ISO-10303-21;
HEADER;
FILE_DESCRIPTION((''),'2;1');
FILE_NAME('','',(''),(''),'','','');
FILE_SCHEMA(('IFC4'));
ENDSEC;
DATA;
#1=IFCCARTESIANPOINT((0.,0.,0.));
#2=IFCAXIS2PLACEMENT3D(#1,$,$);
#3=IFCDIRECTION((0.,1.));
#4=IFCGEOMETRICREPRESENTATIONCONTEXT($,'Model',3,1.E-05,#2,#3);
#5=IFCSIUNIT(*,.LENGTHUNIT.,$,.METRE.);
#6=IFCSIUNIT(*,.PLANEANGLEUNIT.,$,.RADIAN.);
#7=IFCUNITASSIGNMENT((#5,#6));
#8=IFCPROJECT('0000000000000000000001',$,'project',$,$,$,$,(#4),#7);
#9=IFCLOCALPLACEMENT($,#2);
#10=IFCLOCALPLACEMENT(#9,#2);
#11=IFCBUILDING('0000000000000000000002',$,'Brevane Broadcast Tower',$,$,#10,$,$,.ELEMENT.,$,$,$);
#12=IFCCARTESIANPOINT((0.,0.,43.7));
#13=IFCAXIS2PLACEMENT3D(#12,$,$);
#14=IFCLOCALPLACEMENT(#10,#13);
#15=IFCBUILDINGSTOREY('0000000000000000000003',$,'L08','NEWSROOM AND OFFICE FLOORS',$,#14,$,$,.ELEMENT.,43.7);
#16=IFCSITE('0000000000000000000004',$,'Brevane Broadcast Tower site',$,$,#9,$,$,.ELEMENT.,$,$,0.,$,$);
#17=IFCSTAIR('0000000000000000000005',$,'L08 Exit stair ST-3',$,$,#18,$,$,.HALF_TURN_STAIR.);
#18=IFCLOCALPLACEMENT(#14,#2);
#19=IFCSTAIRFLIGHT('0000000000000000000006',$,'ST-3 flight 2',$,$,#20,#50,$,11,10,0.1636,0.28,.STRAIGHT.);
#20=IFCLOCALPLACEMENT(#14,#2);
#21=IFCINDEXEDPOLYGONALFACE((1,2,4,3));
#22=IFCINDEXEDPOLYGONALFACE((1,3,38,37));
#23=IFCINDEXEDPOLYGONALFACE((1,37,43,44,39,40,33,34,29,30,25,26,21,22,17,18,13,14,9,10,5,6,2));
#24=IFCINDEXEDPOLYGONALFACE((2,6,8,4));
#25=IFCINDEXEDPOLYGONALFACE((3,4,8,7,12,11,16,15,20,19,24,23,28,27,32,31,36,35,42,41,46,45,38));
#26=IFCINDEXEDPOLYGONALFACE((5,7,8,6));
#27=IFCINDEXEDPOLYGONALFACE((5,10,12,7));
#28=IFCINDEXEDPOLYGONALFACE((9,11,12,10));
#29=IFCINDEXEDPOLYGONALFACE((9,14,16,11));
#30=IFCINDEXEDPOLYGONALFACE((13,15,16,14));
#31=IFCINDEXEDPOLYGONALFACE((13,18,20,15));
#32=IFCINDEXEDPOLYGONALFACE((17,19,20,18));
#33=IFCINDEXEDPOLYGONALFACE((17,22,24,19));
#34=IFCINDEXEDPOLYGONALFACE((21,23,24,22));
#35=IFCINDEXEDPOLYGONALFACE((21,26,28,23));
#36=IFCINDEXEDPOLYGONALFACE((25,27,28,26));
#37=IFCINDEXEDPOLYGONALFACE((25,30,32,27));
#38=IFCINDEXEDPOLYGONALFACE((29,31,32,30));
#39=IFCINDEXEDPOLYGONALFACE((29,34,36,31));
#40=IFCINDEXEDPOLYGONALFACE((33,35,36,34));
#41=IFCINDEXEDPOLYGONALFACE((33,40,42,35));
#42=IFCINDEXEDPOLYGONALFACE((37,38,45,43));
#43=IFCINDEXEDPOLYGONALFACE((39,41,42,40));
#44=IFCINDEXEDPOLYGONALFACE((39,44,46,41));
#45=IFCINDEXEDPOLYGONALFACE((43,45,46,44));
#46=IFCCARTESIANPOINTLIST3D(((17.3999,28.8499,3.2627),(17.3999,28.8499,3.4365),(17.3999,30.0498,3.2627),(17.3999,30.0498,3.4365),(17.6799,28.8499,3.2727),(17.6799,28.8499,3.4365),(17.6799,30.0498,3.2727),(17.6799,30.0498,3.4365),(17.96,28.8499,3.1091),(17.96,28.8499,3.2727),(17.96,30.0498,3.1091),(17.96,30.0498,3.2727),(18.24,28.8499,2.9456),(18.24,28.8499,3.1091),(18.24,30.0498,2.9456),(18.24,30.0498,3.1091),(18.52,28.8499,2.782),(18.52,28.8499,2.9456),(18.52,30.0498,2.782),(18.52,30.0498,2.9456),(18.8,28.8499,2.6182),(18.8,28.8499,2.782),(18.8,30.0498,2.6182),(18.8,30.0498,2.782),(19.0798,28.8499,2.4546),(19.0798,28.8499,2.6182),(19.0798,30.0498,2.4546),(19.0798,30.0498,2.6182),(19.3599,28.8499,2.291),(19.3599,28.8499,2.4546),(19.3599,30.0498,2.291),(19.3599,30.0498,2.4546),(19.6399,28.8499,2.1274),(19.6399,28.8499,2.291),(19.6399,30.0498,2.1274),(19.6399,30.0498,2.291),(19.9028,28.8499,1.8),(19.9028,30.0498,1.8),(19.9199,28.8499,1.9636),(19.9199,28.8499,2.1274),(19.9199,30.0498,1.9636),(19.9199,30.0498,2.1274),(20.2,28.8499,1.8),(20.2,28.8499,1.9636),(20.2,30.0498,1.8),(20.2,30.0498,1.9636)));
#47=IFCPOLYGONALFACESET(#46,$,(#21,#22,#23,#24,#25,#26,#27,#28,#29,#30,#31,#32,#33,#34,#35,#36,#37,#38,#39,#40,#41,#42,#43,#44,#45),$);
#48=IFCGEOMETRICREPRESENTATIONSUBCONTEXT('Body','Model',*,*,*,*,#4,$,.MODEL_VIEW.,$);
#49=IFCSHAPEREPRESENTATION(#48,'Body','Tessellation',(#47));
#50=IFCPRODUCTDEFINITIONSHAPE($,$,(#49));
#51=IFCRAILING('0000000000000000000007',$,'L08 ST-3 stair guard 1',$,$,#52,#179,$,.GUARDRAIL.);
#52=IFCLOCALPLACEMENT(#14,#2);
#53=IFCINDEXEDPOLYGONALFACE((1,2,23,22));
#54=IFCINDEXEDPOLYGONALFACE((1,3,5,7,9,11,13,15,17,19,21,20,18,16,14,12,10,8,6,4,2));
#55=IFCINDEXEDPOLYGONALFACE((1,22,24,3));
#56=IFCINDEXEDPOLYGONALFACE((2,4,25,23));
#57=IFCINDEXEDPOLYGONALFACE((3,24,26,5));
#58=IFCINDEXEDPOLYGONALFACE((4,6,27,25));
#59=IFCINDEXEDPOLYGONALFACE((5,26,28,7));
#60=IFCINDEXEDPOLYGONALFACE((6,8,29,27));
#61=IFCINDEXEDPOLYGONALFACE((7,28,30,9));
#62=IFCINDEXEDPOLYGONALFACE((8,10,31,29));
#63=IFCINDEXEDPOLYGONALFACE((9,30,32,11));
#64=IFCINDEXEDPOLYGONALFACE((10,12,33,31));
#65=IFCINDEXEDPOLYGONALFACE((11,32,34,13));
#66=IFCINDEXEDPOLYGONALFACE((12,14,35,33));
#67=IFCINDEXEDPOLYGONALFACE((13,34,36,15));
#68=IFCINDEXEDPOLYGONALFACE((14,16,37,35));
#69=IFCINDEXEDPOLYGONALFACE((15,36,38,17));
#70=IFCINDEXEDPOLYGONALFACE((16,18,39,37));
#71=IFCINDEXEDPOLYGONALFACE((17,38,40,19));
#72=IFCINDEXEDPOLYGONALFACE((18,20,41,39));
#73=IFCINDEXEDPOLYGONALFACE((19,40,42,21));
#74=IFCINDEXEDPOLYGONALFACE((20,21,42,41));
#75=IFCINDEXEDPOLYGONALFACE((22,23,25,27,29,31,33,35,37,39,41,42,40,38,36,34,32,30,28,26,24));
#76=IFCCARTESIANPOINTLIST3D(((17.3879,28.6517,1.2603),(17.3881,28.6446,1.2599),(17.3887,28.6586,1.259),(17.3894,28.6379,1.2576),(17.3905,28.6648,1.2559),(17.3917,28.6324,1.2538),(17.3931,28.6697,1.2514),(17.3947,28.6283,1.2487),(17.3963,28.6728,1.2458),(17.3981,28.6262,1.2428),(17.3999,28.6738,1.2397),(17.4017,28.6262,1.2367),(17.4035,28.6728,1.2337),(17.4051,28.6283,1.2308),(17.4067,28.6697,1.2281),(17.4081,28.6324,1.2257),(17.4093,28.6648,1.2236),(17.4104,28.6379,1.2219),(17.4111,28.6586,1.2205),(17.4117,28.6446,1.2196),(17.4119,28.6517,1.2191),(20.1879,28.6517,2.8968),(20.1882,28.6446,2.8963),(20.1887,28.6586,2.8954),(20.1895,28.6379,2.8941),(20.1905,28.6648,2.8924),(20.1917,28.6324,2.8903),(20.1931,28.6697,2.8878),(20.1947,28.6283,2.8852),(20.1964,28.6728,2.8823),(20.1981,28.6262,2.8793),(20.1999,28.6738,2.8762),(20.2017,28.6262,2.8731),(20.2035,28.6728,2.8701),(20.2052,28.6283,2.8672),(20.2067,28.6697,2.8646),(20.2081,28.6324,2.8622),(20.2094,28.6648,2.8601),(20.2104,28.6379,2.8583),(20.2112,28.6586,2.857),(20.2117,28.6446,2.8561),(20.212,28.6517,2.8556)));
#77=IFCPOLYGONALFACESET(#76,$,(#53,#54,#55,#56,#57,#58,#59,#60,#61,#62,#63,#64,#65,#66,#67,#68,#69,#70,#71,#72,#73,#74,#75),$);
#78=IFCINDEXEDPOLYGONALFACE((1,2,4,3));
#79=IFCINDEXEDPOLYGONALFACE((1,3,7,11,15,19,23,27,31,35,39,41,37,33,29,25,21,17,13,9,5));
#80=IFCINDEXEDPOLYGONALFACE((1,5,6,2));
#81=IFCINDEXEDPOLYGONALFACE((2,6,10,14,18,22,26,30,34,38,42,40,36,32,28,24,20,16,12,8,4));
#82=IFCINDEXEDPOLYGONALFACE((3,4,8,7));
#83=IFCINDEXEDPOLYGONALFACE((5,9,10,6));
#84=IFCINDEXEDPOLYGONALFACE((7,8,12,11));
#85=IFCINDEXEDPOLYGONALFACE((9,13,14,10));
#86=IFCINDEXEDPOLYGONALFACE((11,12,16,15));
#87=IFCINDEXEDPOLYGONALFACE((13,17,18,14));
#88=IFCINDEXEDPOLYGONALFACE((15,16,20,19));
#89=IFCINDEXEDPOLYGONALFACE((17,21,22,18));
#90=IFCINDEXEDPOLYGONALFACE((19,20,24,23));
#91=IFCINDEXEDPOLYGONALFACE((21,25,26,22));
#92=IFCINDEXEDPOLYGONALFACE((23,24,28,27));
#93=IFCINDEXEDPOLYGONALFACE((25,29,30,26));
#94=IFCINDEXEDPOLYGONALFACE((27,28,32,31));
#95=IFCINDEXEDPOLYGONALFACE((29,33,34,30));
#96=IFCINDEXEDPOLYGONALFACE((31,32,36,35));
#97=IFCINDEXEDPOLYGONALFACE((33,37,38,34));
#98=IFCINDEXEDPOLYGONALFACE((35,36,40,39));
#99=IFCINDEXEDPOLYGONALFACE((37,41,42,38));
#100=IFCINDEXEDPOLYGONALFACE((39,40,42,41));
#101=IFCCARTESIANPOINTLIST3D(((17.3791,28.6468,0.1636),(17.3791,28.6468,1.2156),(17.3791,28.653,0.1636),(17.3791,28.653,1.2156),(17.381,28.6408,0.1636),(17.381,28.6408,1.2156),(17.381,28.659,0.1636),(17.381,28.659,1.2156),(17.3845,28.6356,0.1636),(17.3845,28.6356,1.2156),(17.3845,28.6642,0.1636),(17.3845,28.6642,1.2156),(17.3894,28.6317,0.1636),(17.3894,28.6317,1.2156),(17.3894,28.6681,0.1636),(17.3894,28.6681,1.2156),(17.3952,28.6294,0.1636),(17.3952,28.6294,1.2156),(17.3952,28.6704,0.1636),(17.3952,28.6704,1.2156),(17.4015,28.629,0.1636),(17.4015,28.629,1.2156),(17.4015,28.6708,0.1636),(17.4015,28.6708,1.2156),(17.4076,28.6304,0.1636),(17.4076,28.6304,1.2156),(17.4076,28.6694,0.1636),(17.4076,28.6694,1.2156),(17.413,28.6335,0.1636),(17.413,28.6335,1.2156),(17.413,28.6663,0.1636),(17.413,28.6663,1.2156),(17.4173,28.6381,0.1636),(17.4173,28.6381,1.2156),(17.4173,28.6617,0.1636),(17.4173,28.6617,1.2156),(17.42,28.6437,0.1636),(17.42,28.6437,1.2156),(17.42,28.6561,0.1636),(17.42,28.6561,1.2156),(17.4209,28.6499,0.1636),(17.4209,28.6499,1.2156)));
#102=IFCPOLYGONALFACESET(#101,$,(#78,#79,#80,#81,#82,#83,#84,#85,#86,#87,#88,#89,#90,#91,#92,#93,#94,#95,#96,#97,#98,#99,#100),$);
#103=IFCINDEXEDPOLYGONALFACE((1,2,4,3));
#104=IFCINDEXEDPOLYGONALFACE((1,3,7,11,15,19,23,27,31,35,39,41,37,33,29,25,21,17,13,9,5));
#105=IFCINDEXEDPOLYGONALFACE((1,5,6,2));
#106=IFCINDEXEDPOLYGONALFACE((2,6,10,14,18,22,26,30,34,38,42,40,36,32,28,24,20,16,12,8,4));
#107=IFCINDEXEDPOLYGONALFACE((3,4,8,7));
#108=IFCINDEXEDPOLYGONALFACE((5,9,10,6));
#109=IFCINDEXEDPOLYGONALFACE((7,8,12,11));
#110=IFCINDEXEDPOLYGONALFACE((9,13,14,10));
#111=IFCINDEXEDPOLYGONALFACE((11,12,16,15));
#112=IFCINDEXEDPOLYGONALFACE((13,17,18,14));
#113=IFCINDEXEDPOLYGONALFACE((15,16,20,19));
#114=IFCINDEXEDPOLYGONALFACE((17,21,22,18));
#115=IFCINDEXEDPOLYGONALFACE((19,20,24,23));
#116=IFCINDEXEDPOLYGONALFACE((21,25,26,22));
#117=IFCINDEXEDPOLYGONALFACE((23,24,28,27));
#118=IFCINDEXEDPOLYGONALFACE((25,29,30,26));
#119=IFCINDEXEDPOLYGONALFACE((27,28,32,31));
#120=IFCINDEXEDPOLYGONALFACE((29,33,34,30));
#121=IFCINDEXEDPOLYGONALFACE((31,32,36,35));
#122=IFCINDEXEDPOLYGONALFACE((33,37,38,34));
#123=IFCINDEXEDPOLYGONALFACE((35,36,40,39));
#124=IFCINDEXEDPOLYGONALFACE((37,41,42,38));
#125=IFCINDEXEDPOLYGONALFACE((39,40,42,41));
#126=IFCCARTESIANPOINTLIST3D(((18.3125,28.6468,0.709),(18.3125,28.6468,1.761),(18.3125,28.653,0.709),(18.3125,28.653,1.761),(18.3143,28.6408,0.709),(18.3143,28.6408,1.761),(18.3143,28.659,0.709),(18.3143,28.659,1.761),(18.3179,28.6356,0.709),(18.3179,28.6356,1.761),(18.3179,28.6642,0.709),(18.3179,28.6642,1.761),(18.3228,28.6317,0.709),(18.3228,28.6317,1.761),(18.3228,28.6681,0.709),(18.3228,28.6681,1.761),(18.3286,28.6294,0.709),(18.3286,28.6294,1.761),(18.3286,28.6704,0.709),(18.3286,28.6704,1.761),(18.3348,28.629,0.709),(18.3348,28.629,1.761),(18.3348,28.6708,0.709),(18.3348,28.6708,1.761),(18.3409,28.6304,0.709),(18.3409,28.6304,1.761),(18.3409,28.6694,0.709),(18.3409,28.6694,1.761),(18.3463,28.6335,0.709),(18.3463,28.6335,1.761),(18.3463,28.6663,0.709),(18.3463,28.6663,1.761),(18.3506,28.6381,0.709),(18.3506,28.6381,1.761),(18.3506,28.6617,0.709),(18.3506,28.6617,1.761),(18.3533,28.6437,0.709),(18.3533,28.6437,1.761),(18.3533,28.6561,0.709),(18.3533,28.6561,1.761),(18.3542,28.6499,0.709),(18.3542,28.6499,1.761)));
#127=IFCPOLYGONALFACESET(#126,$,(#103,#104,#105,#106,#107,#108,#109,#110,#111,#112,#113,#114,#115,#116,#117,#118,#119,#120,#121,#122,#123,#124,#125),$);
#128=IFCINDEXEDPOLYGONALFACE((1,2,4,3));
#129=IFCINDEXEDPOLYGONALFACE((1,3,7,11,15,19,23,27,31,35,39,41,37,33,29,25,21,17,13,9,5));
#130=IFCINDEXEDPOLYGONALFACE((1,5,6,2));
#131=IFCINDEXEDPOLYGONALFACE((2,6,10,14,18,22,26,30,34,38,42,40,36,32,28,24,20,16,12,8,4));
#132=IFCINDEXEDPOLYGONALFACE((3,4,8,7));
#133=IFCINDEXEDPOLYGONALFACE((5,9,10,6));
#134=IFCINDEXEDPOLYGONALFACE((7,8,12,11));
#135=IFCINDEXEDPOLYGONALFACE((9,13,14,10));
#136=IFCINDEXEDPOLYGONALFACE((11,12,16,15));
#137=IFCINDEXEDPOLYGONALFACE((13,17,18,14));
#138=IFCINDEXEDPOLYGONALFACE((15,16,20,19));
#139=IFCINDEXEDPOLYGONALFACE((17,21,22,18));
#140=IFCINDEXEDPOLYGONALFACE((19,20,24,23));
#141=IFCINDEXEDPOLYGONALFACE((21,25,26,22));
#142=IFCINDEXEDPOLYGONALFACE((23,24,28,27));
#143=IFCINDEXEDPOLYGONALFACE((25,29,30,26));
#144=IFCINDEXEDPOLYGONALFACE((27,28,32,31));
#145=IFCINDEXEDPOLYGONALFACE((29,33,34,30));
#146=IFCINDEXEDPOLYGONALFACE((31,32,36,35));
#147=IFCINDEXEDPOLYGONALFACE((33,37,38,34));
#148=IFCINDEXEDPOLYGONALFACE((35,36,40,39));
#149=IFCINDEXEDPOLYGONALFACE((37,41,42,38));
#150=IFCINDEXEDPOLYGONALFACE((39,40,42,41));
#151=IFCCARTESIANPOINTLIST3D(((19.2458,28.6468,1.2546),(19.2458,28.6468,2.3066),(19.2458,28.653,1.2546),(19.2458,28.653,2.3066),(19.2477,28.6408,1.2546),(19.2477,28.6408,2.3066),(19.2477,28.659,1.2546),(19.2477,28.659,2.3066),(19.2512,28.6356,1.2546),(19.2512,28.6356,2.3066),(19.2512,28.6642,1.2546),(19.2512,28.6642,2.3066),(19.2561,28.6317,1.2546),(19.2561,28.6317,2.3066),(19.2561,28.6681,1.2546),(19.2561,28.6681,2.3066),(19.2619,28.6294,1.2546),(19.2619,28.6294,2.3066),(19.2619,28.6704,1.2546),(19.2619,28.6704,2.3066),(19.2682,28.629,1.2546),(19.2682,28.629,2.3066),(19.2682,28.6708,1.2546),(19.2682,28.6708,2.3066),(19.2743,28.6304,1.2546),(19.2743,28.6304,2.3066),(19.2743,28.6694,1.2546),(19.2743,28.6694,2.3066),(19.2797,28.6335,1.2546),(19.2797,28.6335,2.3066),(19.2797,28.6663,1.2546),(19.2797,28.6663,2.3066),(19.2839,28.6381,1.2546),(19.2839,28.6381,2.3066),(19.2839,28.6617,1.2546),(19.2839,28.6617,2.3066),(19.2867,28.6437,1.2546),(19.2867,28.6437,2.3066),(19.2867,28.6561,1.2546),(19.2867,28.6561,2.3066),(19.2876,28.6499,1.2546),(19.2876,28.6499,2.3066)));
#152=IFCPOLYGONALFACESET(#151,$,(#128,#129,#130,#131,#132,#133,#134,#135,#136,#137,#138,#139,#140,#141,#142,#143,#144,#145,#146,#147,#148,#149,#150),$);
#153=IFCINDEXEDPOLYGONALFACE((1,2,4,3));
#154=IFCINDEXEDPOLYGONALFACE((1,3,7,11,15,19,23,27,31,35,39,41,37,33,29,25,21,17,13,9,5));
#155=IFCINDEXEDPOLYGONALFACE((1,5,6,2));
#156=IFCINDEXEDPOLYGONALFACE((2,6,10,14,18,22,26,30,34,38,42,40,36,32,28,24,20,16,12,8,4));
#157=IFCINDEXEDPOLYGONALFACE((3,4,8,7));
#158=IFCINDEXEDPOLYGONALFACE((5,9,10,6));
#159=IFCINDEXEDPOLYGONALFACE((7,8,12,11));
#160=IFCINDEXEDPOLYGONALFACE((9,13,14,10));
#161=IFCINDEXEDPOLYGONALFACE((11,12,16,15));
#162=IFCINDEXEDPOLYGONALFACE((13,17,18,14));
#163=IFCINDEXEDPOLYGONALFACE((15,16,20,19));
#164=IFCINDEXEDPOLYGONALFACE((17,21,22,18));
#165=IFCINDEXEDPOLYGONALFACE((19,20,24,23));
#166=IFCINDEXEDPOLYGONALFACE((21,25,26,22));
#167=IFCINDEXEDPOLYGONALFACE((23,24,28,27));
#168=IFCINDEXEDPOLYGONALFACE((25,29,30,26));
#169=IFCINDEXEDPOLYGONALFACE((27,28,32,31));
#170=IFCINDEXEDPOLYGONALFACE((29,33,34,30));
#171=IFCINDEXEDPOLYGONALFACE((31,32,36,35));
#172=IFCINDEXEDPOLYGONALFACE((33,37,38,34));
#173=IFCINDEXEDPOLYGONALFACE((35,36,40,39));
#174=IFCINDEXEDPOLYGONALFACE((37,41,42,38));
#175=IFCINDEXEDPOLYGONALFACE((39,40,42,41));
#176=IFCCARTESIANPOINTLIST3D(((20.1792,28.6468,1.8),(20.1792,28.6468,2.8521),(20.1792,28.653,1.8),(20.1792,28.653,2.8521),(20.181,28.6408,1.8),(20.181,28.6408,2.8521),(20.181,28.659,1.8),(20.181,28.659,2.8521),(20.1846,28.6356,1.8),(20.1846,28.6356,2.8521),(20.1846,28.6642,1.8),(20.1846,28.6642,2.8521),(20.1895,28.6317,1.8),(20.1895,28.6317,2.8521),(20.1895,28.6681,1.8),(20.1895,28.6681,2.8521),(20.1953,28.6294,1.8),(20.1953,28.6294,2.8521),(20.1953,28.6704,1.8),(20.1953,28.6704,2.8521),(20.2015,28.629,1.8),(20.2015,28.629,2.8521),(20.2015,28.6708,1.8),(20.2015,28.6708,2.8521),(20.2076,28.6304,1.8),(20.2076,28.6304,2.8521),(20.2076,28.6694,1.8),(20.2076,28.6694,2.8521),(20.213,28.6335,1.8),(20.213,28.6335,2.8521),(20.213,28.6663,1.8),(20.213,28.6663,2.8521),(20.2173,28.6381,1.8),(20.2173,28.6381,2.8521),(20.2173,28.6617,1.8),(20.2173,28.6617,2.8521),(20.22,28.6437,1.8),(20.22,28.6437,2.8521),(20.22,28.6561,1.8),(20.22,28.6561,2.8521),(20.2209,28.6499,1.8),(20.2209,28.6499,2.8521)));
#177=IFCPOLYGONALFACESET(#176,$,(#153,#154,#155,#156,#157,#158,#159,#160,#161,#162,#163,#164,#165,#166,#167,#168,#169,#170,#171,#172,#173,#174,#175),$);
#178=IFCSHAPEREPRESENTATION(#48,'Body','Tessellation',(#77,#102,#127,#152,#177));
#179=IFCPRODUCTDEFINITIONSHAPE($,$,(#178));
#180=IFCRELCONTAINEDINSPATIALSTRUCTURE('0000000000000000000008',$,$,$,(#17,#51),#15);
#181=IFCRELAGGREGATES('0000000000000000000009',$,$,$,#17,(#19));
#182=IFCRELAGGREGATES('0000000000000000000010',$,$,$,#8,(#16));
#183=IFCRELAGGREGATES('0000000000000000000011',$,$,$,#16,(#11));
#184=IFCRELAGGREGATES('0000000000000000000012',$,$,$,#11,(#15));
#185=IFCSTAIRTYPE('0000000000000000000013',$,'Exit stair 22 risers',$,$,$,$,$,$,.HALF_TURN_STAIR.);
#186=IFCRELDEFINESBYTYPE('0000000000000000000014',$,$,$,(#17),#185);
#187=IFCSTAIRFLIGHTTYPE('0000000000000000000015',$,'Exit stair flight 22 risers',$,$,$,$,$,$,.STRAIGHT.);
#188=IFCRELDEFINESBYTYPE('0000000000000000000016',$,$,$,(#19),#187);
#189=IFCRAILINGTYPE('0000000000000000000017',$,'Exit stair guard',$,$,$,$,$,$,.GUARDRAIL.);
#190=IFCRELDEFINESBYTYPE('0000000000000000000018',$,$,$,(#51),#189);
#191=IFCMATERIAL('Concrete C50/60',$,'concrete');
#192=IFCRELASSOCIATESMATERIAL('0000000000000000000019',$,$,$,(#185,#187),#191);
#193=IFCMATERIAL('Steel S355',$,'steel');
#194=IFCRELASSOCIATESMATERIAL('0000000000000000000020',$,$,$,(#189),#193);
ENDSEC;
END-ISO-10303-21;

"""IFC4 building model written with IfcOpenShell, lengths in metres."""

from ifc_helpers import new_model, si_unit, direction, frame, origin, origin_2d, place, context, subcontext, project, spatial, polyline, circle, outline, extrude, material, type_object, element, aggregate, save


model = new_model("IFC4")

# Units and contexts
model_context = context("Model", 3, precision=1e-05, world=origin(), true_north=direction((0.0, 1.0)))
body_context = subcontext(model_context, "Body", "Model", "MODEL_VIEW")
ifc_project = project(units=[si_unit("LENGTHUNIT", "METRE"), si_unit("PLANEANGLEUNIT", "RADIAN")], contexts=[model_context])

# Site, building, storey
site_placement = place(None, origin())
site = spatial("IfcSite", under=ifc_project, at=site_placement, Name="Brevane Broadcast Tower site", CompositionType="ELEMENT", RefElevation=0.0)
building_placement = place(site_placement, origin())
building = spatial("IfcBuilding", under=site, at=building_placement, Name="Brevane Broadcast Tower", CompositionType="ELEMENT")
storey_placement = place(building_placement, frame((0.0, 0.0, 43.7)))
storey = spatial("IfcBuildingStorey", under=building, at=storey_placement, Name="L08", Description="NEWSROOM AND OFFICE FLOORS", CompositionType="ELEMENT", Elevation=43.7)

# Stair, stair flight
ifc_material_1 = material(Name="Concrete C50/60", Category="concrete")
stair_type = type_object("IfcStairType", Name="Exit stair 22 risers", PredefinedType="HALF_TURN_STAIR", material=ifc_material_1)
stair_placement = place(storey_placement, origin())
stair = element("IfcStair", 1, at=stair_placement, inside=storey, type_object=stair_type, Name="L08 Exit stair ST-3", PredefinedType="HALF_TURN_STAIR")
stair_flight_type = type_object("IfcStairFlightType", Name="Exit stair flight 22 risers", PredefinedType="STRAIGHT", material=ifc_material_1)
stair_flight_1_placement = place(storey_placement, frame((20.2, 29.45, 1.8), z_axis=(0.0, 0.0, 1.0), x_axis=(-1.0, 0.0, 0.0)))
stair_flight_1 = element("IfcStairFlight", 2, at=stair_flight_1_placement, type_object=stair_flight_type, Name="ST-3 flight 2", NumberOfRisers=11, NumberOfTreads=10, PredefinedType="STRAIGHT", RiserHeight=0.1636, TreadLength=0.28, context=body_context, shape_type="SweptSolid", body=[
    extrude(outline(polyline([(0.0, 0.0), (0.0, 0.1636), (0.28, 0.1636), (0.28, 0.3274), (0.5601, 0.3274), (0.5601, 0.491), (0.8401, 0.491), (0.8401, 0.6545), (1.1201, 0.6545), (1.1201, 0.8181), (1.3999, 0.8181), (1.3999, 0.9819), (1.6799, 0.9819), (1.6799, 1.1455), (1.96, 1.1455), (1.96, 1.3091), (2.24, 1.3091), (2.24, 1.4727), (2.52, 1.4727), (2.52, 1.6365), (2.8, 1.6365), (2.8, 1.8), (2.8, 1.4626), (0.2971, 0.0), (0.0, 0.0)])), frame((0.0, 0.6001, 0.0), z_axis=(0.0, -1.0, 0.0), x_axis=(1.0, 0.0, 0.0)), (0.0, 0.0, 1.0), 1.2),
])
aggregate(stair, [stair_flight_1])

# Railing
ifc_material_2 = material(Name="Steel S355", Category="steel")
railing_type_1 = type_object("IfcRailingType", Name="Exit stair guard", PredefinedType="GUARDRAIL", material=ifc_material_2)
railing_1_placement = place(storey_placement, frame((17.3999, 28.6499, 0.1636)))
element("IfcRailing", 3, at=railing_1_placement, inside=storey, type_object=railing_type_1, Name="L08 ST-3 stair guard 1", PredefinedType="GUARDRAIL", context=body_context, shape_type="SweptSolid", body=[
    extrude(circle(Radius=0.0239, at=origin_2d()), frame((0.0, 0.0, 1.0762), z_axis=(0.863361, 0.0, 0.504587), x_axis=(0.0, 1.0, 0.0)), (0.0, 0.0, 1.0), 3.2432),
    extrude(circle(Radius=0.021, at=origin_2d()), origin(), (0.0, 0.0, 1.0), 1.052),
    extrude(circle(Radius=0.021, at=origin_2d()), frame((0.9333, 0.0, 0.5454)), (0.0, 0.0, 1.0), 1.052),
    extrude(circle(Radius=0.021, at=origin_2d()), frame((1.8667, 0.0, 1.0911)), (0.0, 0.0, 1.0), 1.052),
    extrude(circle(Radius=0.021, at=origin_2d()), frame((2.8, 0.0, 1.6365)), (0.0, 0.0, 1.0), 1.052),
])

save(model, "model.ifc")
